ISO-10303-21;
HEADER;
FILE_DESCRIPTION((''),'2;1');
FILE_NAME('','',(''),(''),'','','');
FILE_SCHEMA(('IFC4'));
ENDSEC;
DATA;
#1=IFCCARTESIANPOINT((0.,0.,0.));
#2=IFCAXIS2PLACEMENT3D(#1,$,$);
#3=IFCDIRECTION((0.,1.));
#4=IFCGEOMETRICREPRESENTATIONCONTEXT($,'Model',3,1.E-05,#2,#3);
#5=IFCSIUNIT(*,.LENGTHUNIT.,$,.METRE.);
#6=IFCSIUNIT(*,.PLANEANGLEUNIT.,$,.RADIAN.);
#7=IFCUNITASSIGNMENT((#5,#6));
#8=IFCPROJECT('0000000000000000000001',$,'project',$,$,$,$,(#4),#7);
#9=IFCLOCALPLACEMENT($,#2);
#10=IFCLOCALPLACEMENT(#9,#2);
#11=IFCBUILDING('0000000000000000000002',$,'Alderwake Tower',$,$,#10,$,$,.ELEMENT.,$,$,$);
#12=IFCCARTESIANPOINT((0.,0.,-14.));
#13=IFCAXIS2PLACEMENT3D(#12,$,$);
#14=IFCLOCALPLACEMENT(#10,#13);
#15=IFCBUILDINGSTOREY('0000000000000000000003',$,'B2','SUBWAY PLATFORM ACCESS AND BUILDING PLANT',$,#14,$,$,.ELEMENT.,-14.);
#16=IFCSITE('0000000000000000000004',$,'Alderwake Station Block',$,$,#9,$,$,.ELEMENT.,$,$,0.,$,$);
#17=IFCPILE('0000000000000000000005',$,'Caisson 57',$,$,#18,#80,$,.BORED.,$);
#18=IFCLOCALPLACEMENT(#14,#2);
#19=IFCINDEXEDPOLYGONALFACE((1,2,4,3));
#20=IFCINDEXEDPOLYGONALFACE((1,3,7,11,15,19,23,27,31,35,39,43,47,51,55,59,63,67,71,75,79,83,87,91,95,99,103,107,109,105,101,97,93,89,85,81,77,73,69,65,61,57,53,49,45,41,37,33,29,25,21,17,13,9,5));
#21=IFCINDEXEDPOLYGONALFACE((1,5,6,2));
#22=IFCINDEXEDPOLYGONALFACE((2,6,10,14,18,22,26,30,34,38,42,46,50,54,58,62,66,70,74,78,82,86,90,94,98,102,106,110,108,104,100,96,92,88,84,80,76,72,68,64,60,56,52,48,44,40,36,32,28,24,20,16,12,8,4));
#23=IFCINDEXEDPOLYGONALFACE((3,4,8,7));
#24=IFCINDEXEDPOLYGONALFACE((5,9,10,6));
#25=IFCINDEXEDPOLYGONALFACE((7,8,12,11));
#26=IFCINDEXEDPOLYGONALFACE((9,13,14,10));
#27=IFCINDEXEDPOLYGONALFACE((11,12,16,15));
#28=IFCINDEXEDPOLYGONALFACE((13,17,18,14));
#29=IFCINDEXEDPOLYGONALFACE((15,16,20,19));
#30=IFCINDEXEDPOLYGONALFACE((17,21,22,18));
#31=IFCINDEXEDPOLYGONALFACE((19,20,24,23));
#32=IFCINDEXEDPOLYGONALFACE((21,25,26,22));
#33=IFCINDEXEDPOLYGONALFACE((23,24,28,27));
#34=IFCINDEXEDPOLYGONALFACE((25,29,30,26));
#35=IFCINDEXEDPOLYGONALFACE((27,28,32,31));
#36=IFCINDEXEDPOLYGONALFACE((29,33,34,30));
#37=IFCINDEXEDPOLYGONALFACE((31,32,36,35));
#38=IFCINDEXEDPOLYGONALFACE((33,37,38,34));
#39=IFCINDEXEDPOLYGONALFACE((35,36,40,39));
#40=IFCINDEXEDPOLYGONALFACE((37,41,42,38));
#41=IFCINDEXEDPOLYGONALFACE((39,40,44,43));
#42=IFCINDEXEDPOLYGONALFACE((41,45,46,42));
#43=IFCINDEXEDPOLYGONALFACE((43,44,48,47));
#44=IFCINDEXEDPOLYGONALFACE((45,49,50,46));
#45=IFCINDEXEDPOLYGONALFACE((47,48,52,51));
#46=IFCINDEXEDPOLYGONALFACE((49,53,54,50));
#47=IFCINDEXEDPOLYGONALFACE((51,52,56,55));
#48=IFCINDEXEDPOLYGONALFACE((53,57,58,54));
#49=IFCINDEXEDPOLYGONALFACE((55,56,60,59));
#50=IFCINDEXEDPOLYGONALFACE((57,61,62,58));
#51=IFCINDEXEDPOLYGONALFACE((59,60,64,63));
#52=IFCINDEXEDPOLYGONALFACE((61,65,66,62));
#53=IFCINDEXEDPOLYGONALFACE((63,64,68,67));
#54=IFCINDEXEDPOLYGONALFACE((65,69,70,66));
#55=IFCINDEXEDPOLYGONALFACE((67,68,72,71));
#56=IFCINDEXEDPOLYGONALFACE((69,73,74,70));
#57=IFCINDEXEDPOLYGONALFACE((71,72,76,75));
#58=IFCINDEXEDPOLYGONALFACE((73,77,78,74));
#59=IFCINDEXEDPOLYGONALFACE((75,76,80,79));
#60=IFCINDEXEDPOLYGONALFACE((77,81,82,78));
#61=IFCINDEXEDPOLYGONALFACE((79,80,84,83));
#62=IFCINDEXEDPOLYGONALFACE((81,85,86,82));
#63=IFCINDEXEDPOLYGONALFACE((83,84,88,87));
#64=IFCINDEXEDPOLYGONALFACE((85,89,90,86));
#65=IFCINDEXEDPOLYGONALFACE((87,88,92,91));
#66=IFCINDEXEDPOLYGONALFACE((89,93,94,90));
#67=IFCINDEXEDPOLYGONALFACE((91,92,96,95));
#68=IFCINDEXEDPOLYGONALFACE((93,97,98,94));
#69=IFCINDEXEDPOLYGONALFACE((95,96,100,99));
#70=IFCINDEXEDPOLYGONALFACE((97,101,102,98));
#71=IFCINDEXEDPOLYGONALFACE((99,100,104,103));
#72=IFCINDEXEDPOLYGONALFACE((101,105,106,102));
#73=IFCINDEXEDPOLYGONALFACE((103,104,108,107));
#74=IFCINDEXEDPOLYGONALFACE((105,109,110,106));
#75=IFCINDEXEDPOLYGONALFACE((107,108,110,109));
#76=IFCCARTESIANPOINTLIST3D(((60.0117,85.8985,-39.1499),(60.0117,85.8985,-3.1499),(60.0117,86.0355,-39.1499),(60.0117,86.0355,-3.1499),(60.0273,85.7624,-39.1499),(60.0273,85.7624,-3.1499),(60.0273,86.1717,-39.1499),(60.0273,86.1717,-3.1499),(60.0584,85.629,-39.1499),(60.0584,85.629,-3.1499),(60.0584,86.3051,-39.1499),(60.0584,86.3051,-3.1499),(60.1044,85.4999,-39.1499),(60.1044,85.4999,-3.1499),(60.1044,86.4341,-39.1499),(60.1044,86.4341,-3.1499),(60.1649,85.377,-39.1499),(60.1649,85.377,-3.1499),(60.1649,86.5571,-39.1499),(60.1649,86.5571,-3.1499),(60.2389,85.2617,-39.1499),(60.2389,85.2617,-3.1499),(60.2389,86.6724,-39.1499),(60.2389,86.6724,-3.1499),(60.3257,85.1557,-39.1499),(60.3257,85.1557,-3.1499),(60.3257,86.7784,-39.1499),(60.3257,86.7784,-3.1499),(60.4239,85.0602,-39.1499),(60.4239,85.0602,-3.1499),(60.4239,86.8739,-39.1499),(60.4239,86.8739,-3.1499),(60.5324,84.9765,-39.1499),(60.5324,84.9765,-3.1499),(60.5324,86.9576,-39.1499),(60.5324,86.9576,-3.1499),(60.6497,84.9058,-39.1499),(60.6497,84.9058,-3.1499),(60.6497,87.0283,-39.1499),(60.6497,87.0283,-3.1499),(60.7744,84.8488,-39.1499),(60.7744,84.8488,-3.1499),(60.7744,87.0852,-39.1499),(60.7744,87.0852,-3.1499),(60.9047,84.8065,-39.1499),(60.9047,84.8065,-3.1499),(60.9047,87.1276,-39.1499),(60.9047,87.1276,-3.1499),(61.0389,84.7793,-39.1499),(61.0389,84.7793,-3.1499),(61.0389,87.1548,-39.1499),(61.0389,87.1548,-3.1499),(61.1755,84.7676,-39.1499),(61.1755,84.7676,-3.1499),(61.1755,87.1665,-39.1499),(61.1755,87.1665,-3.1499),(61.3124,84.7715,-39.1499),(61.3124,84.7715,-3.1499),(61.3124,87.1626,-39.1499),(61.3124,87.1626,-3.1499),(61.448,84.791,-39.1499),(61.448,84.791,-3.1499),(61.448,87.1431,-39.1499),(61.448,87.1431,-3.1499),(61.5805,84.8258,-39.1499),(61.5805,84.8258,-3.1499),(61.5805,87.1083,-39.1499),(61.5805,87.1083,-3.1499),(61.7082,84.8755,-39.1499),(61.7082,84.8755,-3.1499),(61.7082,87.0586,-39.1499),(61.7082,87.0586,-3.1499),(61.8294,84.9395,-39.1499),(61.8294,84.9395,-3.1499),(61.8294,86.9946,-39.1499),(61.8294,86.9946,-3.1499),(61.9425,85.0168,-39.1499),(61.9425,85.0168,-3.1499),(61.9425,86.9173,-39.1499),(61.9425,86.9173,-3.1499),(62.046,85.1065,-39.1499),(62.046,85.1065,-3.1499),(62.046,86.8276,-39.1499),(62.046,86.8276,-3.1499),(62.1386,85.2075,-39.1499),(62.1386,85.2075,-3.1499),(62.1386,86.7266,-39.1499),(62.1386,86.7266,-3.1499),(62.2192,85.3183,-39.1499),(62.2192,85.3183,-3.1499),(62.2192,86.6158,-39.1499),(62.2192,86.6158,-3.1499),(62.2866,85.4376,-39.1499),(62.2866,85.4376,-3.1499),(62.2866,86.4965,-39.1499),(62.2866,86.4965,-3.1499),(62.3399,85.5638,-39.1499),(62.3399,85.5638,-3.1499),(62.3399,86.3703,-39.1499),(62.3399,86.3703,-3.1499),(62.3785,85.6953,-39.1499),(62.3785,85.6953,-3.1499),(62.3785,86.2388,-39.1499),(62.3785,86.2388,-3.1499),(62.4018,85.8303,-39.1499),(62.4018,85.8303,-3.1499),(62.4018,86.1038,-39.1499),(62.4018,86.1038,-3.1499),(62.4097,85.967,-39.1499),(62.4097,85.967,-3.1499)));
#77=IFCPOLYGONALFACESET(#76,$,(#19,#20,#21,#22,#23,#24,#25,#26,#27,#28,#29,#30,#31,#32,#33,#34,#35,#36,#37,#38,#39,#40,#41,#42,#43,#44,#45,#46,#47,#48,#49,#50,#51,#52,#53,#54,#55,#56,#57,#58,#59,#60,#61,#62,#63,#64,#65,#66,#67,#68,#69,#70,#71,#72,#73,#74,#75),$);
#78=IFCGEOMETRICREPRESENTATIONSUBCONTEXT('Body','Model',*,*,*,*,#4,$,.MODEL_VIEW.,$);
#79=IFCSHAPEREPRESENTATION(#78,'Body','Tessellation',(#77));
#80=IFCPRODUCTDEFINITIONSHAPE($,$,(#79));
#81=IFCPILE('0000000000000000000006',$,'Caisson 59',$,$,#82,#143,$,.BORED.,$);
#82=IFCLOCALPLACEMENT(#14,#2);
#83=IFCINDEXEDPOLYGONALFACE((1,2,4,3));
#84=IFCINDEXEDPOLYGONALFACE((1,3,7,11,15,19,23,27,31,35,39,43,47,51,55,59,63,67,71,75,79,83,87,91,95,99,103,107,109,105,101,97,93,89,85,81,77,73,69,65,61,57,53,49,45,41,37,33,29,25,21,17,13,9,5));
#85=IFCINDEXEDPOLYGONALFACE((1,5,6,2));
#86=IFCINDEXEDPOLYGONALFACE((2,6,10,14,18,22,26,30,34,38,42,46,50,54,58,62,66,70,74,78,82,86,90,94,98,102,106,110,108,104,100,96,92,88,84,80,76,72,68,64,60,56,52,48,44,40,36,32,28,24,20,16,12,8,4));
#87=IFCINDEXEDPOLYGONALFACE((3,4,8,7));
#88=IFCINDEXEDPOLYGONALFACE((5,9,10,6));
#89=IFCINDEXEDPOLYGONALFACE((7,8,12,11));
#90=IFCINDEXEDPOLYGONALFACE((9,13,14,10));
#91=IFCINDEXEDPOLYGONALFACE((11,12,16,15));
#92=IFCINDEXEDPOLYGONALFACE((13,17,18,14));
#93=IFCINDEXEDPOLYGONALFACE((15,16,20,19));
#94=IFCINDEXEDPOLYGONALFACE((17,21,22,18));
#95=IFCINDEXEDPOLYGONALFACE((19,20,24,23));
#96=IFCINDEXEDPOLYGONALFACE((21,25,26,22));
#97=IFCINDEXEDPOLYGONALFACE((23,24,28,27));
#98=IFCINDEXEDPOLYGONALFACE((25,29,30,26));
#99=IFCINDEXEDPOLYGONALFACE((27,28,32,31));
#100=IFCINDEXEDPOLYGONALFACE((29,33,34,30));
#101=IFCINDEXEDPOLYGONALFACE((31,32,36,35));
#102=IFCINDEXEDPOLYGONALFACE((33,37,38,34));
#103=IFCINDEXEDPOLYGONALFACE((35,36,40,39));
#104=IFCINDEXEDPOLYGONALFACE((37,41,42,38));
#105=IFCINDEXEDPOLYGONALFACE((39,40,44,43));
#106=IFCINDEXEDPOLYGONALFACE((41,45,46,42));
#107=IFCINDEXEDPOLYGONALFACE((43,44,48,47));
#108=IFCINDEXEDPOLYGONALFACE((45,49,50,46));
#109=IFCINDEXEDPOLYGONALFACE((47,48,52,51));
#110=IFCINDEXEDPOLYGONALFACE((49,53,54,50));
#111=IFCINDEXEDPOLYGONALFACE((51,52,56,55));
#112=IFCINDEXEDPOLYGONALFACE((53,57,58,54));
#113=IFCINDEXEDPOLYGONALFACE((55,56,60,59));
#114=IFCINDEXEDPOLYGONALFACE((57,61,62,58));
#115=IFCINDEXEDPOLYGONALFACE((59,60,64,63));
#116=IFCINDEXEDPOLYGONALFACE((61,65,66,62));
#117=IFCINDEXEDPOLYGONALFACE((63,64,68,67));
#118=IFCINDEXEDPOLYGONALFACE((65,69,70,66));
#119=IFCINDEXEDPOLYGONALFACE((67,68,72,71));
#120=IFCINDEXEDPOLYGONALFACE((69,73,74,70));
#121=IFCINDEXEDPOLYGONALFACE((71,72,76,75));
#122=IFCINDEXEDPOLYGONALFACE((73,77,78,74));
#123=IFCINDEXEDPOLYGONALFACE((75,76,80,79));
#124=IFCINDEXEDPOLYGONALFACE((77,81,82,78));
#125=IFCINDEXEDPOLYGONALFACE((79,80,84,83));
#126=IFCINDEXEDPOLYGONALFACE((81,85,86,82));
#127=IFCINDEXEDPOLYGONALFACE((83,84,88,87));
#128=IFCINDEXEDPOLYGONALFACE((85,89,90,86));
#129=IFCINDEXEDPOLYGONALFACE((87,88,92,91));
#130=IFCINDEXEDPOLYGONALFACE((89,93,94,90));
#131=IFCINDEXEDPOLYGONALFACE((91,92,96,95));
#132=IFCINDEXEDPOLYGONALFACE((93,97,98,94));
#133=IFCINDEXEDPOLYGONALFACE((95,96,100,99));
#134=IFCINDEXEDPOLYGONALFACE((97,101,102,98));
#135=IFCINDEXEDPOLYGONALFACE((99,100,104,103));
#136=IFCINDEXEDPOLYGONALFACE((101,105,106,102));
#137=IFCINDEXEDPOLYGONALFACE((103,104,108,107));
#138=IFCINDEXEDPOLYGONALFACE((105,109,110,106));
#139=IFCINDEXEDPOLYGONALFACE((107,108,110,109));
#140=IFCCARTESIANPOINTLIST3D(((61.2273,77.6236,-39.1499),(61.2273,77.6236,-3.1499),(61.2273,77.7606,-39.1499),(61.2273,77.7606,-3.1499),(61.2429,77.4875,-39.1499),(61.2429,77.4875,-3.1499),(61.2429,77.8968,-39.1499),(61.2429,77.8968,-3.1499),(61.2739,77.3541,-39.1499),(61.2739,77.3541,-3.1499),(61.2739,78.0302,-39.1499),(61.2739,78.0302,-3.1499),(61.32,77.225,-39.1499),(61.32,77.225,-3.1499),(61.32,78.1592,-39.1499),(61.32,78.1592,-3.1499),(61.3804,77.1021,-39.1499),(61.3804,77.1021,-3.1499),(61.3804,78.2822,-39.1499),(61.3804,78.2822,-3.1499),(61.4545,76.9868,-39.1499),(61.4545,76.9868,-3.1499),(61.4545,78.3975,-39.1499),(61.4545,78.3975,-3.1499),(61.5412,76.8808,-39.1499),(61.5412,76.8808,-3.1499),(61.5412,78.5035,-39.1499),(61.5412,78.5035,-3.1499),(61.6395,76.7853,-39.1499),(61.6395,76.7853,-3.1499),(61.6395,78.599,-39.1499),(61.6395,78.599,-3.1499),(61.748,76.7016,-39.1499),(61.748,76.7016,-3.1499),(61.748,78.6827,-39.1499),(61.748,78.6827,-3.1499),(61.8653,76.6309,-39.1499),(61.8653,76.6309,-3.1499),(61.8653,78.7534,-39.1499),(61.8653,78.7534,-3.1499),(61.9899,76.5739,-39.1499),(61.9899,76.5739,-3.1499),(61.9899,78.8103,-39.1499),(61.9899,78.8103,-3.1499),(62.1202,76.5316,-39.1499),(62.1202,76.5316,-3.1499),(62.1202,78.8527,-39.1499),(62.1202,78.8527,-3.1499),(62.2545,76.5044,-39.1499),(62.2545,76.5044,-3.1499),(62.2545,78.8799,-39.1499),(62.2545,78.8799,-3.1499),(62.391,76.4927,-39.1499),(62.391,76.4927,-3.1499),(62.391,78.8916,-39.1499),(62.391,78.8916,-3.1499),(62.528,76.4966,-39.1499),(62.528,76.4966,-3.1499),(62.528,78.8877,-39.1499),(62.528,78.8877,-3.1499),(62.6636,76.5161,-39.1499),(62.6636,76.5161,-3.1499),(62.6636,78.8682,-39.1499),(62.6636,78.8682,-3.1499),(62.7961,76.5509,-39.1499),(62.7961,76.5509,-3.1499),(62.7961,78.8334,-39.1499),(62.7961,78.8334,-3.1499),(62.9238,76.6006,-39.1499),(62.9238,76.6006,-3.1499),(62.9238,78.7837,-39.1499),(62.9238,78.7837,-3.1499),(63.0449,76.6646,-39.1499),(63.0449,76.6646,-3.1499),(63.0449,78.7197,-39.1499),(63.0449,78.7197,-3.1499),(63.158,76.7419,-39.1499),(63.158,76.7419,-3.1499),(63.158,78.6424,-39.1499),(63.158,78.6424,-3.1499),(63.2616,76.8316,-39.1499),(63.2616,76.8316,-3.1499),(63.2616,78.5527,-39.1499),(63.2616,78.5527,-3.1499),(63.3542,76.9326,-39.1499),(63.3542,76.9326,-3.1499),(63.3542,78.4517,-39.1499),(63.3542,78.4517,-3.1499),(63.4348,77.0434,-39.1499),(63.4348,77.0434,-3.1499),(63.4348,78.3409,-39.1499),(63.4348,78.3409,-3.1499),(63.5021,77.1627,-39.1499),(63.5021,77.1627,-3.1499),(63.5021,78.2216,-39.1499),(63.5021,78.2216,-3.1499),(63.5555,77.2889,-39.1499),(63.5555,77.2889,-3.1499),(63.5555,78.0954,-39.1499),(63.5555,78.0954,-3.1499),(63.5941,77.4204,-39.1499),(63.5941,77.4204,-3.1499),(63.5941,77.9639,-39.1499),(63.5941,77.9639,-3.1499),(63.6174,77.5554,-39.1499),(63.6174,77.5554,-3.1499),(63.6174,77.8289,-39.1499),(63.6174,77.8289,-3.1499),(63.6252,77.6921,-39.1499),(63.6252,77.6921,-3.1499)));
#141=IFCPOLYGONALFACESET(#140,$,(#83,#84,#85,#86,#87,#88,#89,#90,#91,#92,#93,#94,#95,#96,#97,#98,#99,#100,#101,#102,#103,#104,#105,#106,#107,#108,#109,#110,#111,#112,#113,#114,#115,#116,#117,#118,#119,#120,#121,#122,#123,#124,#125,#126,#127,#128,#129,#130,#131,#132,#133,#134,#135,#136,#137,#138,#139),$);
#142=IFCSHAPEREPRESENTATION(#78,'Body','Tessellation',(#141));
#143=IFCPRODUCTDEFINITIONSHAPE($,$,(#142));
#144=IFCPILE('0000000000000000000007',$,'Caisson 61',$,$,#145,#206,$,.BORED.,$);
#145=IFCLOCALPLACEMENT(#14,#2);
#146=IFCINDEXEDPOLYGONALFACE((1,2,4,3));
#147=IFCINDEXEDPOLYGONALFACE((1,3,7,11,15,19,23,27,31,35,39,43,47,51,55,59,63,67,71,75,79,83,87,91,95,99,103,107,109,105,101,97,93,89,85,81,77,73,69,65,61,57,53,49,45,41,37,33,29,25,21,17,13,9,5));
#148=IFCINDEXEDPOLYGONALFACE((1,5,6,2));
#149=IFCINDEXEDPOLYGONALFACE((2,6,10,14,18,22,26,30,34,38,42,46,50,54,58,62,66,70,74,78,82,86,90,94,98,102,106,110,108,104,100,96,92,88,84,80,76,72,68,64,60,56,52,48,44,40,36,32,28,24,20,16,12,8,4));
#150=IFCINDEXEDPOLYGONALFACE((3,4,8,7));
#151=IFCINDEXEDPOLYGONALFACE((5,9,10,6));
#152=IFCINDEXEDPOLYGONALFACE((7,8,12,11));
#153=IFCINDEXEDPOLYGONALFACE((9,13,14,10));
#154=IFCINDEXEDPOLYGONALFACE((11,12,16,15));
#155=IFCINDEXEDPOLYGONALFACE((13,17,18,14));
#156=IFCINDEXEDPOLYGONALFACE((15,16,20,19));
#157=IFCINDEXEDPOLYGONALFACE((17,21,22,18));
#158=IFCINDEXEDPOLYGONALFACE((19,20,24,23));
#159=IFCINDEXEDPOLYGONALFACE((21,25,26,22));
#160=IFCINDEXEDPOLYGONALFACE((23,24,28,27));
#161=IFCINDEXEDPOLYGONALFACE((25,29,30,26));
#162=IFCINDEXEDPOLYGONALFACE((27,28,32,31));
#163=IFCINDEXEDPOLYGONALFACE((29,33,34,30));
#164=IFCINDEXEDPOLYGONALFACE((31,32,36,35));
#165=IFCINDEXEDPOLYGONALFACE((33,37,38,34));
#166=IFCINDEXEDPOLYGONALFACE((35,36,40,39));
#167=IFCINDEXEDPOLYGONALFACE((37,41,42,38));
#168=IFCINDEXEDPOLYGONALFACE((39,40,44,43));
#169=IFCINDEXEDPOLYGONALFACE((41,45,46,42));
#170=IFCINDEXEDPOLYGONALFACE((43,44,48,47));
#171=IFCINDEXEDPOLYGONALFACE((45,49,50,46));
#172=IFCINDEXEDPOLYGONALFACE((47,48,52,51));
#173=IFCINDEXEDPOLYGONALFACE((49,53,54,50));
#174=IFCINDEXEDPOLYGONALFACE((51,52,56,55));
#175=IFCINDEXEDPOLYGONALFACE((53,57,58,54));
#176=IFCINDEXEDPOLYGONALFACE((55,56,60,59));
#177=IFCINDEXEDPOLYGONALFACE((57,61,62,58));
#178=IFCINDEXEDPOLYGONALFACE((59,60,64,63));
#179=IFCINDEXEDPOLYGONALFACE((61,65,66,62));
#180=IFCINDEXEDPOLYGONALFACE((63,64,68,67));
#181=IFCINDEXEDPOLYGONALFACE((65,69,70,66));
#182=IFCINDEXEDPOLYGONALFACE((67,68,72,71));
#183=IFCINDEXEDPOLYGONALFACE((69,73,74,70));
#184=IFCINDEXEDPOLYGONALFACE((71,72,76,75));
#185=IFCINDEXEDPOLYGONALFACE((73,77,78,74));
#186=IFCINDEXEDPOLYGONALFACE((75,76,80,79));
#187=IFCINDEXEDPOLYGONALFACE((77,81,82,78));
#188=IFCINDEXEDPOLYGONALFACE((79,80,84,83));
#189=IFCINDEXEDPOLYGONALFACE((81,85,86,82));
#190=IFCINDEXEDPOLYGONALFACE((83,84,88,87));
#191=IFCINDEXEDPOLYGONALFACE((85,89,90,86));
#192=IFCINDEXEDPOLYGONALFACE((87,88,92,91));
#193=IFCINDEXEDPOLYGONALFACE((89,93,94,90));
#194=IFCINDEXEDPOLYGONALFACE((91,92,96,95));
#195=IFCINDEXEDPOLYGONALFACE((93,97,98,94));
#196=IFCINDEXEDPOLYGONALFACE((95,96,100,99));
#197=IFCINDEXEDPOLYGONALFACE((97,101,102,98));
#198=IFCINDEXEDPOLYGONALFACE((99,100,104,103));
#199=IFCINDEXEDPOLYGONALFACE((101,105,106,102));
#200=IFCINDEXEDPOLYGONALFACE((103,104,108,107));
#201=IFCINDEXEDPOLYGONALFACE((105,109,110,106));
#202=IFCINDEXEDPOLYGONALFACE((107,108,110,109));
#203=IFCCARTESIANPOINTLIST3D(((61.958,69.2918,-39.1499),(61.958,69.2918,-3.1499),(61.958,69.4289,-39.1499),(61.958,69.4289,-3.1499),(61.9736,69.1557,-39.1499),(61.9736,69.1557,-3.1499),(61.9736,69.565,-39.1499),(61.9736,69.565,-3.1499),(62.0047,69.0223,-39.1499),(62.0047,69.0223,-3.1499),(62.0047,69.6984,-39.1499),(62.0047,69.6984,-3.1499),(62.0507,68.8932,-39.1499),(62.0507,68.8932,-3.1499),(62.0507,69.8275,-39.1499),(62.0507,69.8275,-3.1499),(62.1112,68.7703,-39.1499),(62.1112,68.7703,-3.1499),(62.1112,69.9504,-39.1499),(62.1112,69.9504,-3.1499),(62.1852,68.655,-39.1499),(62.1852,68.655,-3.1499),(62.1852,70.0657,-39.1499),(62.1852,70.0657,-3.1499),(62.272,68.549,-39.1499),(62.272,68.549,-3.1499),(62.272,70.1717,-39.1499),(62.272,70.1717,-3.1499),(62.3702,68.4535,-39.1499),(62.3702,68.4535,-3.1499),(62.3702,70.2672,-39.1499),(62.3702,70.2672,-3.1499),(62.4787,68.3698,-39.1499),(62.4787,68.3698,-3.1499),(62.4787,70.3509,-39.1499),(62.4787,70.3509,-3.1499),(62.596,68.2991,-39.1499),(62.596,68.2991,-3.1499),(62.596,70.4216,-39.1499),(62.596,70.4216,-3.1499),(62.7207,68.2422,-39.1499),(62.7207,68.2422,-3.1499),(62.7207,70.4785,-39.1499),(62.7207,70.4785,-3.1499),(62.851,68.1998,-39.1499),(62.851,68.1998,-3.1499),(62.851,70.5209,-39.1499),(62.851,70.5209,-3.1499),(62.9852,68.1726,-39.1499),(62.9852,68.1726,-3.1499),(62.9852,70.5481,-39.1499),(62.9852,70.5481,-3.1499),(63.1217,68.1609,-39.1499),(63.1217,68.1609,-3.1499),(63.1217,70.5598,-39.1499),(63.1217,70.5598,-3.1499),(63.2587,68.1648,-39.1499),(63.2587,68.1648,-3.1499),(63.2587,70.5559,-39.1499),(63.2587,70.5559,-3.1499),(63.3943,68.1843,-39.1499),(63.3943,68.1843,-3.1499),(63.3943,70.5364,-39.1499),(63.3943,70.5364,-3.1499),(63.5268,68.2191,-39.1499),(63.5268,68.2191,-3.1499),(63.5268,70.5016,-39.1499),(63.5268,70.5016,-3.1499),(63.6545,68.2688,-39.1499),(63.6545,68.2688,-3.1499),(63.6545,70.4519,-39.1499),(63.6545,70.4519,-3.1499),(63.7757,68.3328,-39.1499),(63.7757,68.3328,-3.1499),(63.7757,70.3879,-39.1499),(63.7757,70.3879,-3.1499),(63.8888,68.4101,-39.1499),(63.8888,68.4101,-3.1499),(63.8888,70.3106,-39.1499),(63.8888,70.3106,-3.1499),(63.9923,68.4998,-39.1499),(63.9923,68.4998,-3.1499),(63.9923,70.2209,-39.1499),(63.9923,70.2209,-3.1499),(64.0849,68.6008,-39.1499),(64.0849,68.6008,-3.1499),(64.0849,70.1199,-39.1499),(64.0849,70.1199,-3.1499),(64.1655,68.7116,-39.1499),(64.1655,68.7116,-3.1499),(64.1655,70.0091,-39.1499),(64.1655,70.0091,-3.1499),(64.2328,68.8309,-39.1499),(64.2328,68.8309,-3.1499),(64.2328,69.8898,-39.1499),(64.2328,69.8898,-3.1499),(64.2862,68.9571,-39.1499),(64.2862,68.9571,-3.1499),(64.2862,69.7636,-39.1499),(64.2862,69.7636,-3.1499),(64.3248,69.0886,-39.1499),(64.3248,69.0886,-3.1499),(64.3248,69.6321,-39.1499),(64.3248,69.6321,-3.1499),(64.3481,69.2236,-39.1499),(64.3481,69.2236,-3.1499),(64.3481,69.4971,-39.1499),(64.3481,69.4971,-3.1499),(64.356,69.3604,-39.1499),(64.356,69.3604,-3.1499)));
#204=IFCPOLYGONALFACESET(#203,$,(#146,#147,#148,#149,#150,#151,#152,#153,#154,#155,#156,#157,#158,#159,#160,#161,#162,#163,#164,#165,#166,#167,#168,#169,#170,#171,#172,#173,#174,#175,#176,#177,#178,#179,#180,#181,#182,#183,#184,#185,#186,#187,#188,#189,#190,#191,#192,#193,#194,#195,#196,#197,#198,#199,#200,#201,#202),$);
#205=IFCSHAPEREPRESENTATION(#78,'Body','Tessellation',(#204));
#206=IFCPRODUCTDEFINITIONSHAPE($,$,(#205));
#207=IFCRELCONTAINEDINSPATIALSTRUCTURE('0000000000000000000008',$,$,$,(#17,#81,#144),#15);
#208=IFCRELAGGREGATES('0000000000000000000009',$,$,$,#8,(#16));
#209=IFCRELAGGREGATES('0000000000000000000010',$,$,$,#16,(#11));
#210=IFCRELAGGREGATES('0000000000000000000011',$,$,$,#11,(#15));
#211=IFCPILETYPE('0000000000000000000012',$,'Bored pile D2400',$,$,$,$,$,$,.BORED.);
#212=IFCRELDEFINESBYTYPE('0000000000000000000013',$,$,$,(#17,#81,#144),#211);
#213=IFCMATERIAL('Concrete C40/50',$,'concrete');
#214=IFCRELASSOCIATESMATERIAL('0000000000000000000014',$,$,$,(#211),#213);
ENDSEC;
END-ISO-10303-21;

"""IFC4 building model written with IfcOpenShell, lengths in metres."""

from ifc_helpers import new_model, si_unit, direction, frame, origin, origin_2d, place, context, subcontext, project, spatial, circle, extrude, material, material_profile, profile_set, type_object, element, save


model = new_model("IFC4")

# Units and contexts
model_context = context("Model", 3, precision=1e-05, world=origin(), true_north=direction((0.0, 1.0)))
body_context = subcontext(model_context, "Body", "Model", "MODEL_VIEW")
ifc_project = project(units=[si_unit("LENGTHUNIT", "METRE"), si_unit("PLANEANGLEUNIT", "RADIAN")], contexts=[model_context])

# Site, building, storey
site_placement = place(None, origin())
site = spatial("IfcSite", under=ifc_project, at=site_placement, Name="Alderwake Station Block", CompositionType="ELEMENT", RefElevation=0.0)
building_placement = place(site_placement, origin())
building = spatial("IfcBuilding", under=site, at=building_placement, Name="Alderwake Tower", CompositionType="ELEMENT")
storey_placement = place(building_placement, frame((0.0, 0.0, -14.0)))
storey = spatial("IfcBuildingStorey", under=building, at=storey_placement, Name="B2", Description="SUBWAY PLATFORM ACCESS AND BUILDING PLANT", CompositionType="ELEMENT", Elevation=-14.0)

# Piles
ifc_material_1 = material(Name="Concrete C40/50", Category="concrete")
ifc_material_profile_1 = material_profile(ifc_material_1, circle(Radius=1.2, at=origin_2d()), Name="PILE 2400")
ifc_profile_set_1 = profile_set([ifc_material_profile_1], Name="Concrete C40/50")
pile_type = type_object("IfcPileType", Name="Bored pile D2400", PredefinedType="BORED", material=ifc_profile_set_1)
for number, where, z_axis, x_axis, name in (
    (1, (61.2097, 85.967, -3.1499), (0.0, 0.0, -1.0), (1.0, 0.0, 0.0), "Caisson 57"),
    (2, (62.4253, 77.6921, -3.1499), (0.0, 0.0, -1.0), (1.0, 0.0, 0.0), "Caisson 59"),
    (3, (63.156, 69.3604, -3.1499), (0.0, 0.0, -1.0), (1.0, 0.0, 0.0), "Caisson 61"),
):
    element("IfcPile", number, at=place(storey_placement, frame(where, z_axis=z_axis, x_axis=x_axis)), inside=storey, type_object=pile_type, Name=name, PredefinedType="BORED", context=body_context, shape_type="SweptSolid", body=[
        extrude(circle(Radius=1.2, at=origin_2d()), origin(), (0.0, 0.0, 1.0), 36.0),
    ])

save(model, "model.ifc")
